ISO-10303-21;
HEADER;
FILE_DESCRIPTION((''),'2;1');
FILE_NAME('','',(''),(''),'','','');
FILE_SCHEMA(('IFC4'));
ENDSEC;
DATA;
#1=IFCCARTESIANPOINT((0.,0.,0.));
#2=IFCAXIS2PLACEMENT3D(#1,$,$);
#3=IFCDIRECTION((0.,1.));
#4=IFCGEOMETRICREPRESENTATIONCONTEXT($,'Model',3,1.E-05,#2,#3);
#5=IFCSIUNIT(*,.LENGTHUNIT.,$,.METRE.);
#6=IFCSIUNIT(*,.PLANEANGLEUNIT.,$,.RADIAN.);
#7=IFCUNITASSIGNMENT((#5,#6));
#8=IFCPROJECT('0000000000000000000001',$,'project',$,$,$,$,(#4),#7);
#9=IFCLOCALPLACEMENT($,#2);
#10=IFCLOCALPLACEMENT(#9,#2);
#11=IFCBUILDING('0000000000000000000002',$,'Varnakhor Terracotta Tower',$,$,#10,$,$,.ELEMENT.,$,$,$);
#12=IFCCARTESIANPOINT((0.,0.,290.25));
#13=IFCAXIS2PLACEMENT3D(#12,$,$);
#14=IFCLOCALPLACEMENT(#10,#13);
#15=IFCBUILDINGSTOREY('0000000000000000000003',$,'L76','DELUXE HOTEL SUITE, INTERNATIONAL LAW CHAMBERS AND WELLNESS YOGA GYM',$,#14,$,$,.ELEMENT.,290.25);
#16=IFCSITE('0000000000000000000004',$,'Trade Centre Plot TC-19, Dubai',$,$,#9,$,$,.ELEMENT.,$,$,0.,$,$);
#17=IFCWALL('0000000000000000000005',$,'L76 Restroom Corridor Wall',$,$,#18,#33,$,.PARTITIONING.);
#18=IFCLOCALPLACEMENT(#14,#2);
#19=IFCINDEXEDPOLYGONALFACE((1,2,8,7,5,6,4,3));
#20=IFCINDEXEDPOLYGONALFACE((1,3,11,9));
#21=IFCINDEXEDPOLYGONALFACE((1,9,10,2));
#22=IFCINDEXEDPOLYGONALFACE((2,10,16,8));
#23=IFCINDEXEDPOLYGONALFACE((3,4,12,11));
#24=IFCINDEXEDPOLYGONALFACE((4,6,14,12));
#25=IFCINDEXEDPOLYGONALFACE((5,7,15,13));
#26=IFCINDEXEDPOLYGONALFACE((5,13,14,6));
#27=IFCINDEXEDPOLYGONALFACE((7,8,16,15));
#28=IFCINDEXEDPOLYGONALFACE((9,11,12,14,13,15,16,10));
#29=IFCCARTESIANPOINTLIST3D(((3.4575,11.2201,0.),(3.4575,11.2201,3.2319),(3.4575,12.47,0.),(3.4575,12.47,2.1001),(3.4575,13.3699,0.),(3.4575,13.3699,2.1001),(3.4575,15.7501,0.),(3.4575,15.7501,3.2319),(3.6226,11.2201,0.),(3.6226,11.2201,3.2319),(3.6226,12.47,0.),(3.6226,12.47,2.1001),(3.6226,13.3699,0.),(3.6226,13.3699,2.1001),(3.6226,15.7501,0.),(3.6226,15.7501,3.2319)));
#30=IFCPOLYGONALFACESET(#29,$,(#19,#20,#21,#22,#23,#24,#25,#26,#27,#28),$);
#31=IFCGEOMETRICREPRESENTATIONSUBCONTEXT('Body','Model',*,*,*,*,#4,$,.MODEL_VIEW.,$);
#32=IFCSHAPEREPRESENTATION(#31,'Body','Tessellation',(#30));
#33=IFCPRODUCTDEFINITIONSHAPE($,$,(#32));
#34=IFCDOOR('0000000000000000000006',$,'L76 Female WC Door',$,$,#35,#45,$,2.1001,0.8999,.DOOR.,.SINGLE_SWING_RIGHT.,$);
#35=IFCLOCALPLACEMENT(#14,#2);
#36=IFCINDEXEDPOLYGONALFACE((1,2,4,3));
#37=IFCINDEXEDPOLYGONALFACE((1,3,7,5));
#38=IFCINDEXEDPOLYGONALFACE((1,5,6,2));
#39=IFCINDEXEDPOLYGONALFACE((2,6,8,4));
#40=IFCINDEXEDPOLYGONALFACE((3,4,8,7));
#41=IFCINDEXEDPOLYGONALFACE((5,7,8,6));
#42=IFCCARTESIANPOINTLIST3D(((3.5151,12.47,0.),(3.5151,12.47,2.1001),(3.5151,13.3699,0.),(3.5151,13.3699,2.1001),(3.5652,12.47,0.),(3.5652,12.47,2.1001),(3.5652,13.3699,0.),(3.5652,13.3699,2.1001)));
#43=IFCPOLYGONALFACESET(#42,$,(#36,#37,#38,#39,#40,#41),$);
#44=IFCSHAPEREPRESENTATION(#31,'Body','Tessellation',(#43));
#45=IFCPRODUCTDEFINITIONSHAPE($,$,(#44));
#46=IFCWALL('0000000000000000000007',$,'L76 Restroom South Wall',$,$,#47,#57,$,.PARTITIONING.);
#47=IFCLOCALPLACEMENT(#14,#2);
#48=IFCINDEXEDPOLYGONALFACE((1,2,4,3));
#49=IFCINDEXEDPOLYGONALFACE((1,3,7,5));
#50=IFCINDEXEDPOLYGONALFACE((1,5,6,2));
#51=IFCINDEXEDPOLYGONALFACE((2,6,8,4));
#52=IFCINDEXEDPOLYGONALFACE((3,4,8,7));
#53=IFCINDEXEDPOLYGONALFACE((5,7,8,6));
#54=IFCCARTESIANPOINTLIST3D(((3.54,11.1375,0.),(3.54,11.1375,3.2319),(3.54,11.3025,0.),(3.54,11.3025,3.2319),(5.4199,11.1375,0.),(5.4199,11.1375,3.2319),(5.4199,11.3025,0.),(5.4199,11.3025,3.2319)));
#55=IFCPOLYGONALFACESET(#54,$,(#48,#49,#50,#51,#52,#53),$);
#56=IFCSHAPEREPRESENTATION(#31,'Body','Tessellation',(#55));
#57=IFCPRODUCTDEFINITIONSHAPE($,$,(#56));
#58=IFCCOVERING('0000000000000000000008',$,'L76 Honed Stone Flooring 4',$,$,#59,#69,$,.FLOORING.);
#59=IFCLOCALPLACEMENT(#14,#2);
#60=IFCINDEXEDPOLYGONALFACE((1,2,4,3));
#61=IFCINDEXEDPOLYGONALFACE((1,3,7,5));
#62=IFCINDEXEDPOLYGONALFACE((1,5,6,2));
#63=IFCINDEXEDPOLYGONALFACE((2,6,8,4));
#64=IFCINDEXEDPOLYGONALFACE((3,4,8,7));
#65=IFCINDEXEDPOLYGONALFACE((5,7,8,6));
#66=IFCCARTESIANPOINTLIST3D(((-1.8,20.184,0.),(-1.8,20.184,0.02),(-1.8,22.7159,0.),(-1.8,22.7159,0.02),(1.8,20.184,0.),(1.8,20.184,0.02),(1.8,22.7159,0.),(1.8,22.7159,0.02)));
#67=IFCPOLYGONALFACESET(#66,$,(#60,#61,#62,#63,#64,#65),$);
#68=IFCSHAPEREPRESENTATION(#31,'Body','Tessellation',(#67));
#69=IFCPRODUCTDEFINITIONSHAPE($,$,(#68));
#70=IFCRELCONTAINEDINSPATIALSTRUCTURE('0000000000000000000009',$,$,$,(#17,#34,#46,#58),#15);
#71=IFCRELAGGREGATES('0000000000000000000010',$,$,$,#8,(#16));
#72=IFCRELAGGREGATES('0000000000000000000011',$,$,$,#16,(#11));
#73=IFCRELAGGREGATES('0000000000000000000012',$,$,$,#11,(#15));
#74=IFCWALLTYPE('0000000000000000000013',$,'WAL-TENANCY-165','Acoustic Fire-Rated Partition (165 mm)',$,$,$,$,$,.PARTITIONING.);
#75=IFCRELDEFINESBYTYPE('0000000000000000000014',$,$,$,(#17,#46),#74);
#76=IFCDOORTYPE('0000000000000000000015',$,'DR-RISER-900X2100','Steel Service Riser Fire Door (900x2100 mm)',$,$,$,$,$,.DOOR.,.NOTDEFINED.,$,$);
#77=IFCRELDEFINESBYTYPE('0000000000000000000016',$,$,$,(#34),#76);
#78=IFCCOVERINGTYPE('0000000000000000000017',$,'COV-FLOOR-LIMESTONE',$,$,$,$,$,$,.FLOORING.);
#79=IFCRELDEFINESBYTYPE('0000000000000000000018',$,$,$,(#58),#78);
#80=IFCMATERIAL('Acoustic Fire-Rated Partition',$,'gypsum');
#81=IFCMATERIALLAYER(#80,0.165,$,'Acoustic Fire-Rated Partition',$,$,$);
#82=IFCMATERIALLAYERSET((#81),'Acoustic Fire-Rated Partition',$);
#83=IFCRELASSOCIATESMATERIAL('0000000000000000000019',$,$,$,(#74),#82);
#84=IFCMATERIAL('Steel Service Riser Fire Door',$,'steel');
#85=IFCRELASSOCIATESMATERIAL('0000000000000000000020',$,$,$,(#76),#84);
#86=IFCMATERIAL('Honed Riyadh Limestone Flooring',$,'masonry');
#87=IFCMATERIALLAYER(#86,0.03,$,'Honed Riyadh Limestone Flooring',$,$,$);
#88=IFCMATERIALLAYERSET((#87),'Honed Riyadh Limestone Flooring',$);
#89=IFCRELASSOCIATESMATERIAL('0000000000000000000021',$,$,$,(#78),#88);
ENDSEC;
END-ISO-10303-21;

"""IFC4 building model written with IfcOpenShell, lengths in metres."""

from ifc_helpers import new_model, si_unit, direction, frame, frame_2d, origin, origin_2d, place, context, subcontext, project, spatial, rectangle, extrude, source, transform, mapped, material, layer, layer_set, type_object, type_shapes, element, fill, save


model = new_model("IFC4")

# Units and contexts
model_context = context("Model", 3, precision=1e-05, world=origin(), true_north=direction((0.0, 1.0)))
body_context = subcontext(model_context, "Body", "Model", "MODEL_VIEW")
ifc_project = project(units=[si_unit("LENGTHUNIT", "METRE"), si_unit("PLANEANGLEUNIT", "RADIAN")], contexts=[model_context])

# Site, building, storey
site_placement = place(None, origin())
site = spatial("IfcSite", under=ifc_project, at=site_placement, Name="Trade Centre Plot TC-19, Dubai", CompositionType="ELEMENT", RefElevation=0.0)
building_placement = place(site_placement, origin())
building = spatial("IfcBuilding", under=site, at=building_placement, Name="Varnakhor Terracotta Tower", CompositionType="ELEMENT")
storey_placement = place(building_placement, frame((0.0, 0.0, 290.25)))
storey = spatial("IfcBuildingStorey", under=building, at=storey_placement, Name="L76", Description="DELUXE HOTEL SUITE, INTERNATIONAL LAW CHAMBERS AND WELLNESS YOGA GYM", CompositionType="ELEMENT", Elevation=290.25)

# Wall, opening, door
ifc_material_1 = material(Name="Acoustic Fire-Rated Partition", Category="gypsum")
ifc_layer_1 = layer(ifc_material_1, 0.165, Name="Acoustic Fire-Rated Partition")
ifc_layer_set_1 = layer_set([ifc_layer_1], Name="Acoustic Fire-Rated Partition")
wall_type_1 = type_object("IfcWallType", Name="WAL-TENANCY-165", Description="Acoustic Fire-Rated Partition (165 mm)", PredefinedType="PARTITIONING", material=ifc_layer_set_1)
wall_1_placement = place(storey_placement, frame((3.54, 11.22, 0.0), z_axis=(0.0, 0.0, 1.0), x_axis=(0.0, 1.0, 0.0)))
wall_1 = element("IfcWall", 1, at=wall_1_placement, inside=storey, type_object=wall_type_1, Name="L76 Restroom Corridor Wall", PredefinedType="PARTITIONING", context=body_context, shape_type="SweptSolid", body=[
    extrude(rectangle(XDim=4.53, YDim=0.165, at=frame_2d((2.2651, 0.0))), origin(), (0.0, 0.0, 1.0), 3.2319),
])
opening_1_placement = place(wall_1_placement, frame((1.25, 0.0, 0.0)))
opening_1 = element("IfcOpeningElement", 2, at=opening_1_placement, cuts=wall_1, PredefinedType="OPENING", context=body_context, shape_type="SweptSolid", body=[
    extrude(rectangle(XDim=0.8999, YDim=2.1001, at=frame_2d((0.45, 1.05))), frame((0.0, 0.0925, 0.0), z_axis=(0.0, -1.0, 0.0), x_axis=(1.0, 0.0, 0.0)), (0.0, 0.0, 1.0), 0.1851),
])
ifc_material_2 = material(Name="Steel Service Riser Fire Door", Category="steel")
door_type_1 = type_object("IfcDoorType", Name="DR-RISER-900X2100", Description="Steel Service Riser Fire Door (900x2100 mm)", OperationType="NOTDEFINED", PredefinedType="DOOR", material=ifc_material_2)
shared_shape_1 = source(origin(), body_context, "Body", "SweptSolid", [
    extrude(rectangle(XDim=0.8999, YDim=2.1001, at=frame_2d((0.45, 1.05))), frame((0.0, 0.0249, 0.0), z_axis=(0.0, -1.0, 0.0), x_axis=(1.0, 0.0, 0.0)), (0.0, 0.0, 1.0), 0.05),
])
type_shapes(door_type_1, [shared_shape_1])
door_1_placement = place(opening_1_placement, origin())
door_1 = element("IfcDoor", 3, at=door_1_placement, inside=storey, type_object=door_type_1, Name="L76 Female WC Door", OperationType="SINGLE_SWING_RIGHT", OverallHeight=2.1001, OverallWidth=0.8999, PredefinedType="DOOR", context=body_context, shape_type="MappedRepresentation", body=[
    mapped(shared_shape_1, transform((0.0, 0.0, 0.0), scale=1.0)),
])
fill(opening_1, door_1)

# Wall
wall_2_placement = place(storey_placement, frame((3.54, 11.22, 0.0), z_axis=(0.0, 0.0, 1.0), x_axis=(1.0, 0.0, 0.0)))
element("IfcWall", 4, at=wall_2_placement, inside=storey, type_object=wall_type_1, Name="L76 Restroom South Wall", PredefinedType="PARTITIONING", context=body_context, shape_type="SweptSolid", body=[
    extrude(rectangle(XDim=1.8799, YDim=0.165, at=frame_2d((0.9399, 0.0))), origin(), (0.0, 0.0, 1.0), 3.2319),
])

# Covering
ifc_material_3 = material(Name="Honed Riyadh Limestone Flooring", Category="masonry")
ifc_layer_2 = layer(ifc_material_3, 0.03, Name="Honed Riyadh Limestone Flooring")
ifc_layer_set_2 = layer_set([ifc_layer_2], Name="Honed Riyadh Limestone Flooring")
covering_type = type_object("IfcCoveringType", Name="COV-FLOOR-LIMESTONE", PredefinedType="FLOORING", material=ifc_layer_set_2)
shared_shape_2 = source(origin(), body_context, "Body", "SweptSolid", [
    extrude(rectangle(XDim=3.6001, YDim=2.532, at=origin_2d()), origin(), (0.0, 0.0, 1.0), 0.02),
])
covering_placement = place(storey_placement, frame((0.0, 21.45, 0.0), z_axis=(0.0, 0.0, 1.0), x_axis=(1.0, 0.0, 0.0)))
element("IfcCovering", 5, at=covering_placement, inside=storey, type_object=covering_type, Name="L76 Honed Stone Flooring 4", PredefinedType="FLOORING", context=body_context, shape_type="MappedRepresentation", body=[
    mapped(shared_shape_2, transform((0.0, 0.0, 0.0), scale=1.0)),
])

save(model, "model.ifc")
